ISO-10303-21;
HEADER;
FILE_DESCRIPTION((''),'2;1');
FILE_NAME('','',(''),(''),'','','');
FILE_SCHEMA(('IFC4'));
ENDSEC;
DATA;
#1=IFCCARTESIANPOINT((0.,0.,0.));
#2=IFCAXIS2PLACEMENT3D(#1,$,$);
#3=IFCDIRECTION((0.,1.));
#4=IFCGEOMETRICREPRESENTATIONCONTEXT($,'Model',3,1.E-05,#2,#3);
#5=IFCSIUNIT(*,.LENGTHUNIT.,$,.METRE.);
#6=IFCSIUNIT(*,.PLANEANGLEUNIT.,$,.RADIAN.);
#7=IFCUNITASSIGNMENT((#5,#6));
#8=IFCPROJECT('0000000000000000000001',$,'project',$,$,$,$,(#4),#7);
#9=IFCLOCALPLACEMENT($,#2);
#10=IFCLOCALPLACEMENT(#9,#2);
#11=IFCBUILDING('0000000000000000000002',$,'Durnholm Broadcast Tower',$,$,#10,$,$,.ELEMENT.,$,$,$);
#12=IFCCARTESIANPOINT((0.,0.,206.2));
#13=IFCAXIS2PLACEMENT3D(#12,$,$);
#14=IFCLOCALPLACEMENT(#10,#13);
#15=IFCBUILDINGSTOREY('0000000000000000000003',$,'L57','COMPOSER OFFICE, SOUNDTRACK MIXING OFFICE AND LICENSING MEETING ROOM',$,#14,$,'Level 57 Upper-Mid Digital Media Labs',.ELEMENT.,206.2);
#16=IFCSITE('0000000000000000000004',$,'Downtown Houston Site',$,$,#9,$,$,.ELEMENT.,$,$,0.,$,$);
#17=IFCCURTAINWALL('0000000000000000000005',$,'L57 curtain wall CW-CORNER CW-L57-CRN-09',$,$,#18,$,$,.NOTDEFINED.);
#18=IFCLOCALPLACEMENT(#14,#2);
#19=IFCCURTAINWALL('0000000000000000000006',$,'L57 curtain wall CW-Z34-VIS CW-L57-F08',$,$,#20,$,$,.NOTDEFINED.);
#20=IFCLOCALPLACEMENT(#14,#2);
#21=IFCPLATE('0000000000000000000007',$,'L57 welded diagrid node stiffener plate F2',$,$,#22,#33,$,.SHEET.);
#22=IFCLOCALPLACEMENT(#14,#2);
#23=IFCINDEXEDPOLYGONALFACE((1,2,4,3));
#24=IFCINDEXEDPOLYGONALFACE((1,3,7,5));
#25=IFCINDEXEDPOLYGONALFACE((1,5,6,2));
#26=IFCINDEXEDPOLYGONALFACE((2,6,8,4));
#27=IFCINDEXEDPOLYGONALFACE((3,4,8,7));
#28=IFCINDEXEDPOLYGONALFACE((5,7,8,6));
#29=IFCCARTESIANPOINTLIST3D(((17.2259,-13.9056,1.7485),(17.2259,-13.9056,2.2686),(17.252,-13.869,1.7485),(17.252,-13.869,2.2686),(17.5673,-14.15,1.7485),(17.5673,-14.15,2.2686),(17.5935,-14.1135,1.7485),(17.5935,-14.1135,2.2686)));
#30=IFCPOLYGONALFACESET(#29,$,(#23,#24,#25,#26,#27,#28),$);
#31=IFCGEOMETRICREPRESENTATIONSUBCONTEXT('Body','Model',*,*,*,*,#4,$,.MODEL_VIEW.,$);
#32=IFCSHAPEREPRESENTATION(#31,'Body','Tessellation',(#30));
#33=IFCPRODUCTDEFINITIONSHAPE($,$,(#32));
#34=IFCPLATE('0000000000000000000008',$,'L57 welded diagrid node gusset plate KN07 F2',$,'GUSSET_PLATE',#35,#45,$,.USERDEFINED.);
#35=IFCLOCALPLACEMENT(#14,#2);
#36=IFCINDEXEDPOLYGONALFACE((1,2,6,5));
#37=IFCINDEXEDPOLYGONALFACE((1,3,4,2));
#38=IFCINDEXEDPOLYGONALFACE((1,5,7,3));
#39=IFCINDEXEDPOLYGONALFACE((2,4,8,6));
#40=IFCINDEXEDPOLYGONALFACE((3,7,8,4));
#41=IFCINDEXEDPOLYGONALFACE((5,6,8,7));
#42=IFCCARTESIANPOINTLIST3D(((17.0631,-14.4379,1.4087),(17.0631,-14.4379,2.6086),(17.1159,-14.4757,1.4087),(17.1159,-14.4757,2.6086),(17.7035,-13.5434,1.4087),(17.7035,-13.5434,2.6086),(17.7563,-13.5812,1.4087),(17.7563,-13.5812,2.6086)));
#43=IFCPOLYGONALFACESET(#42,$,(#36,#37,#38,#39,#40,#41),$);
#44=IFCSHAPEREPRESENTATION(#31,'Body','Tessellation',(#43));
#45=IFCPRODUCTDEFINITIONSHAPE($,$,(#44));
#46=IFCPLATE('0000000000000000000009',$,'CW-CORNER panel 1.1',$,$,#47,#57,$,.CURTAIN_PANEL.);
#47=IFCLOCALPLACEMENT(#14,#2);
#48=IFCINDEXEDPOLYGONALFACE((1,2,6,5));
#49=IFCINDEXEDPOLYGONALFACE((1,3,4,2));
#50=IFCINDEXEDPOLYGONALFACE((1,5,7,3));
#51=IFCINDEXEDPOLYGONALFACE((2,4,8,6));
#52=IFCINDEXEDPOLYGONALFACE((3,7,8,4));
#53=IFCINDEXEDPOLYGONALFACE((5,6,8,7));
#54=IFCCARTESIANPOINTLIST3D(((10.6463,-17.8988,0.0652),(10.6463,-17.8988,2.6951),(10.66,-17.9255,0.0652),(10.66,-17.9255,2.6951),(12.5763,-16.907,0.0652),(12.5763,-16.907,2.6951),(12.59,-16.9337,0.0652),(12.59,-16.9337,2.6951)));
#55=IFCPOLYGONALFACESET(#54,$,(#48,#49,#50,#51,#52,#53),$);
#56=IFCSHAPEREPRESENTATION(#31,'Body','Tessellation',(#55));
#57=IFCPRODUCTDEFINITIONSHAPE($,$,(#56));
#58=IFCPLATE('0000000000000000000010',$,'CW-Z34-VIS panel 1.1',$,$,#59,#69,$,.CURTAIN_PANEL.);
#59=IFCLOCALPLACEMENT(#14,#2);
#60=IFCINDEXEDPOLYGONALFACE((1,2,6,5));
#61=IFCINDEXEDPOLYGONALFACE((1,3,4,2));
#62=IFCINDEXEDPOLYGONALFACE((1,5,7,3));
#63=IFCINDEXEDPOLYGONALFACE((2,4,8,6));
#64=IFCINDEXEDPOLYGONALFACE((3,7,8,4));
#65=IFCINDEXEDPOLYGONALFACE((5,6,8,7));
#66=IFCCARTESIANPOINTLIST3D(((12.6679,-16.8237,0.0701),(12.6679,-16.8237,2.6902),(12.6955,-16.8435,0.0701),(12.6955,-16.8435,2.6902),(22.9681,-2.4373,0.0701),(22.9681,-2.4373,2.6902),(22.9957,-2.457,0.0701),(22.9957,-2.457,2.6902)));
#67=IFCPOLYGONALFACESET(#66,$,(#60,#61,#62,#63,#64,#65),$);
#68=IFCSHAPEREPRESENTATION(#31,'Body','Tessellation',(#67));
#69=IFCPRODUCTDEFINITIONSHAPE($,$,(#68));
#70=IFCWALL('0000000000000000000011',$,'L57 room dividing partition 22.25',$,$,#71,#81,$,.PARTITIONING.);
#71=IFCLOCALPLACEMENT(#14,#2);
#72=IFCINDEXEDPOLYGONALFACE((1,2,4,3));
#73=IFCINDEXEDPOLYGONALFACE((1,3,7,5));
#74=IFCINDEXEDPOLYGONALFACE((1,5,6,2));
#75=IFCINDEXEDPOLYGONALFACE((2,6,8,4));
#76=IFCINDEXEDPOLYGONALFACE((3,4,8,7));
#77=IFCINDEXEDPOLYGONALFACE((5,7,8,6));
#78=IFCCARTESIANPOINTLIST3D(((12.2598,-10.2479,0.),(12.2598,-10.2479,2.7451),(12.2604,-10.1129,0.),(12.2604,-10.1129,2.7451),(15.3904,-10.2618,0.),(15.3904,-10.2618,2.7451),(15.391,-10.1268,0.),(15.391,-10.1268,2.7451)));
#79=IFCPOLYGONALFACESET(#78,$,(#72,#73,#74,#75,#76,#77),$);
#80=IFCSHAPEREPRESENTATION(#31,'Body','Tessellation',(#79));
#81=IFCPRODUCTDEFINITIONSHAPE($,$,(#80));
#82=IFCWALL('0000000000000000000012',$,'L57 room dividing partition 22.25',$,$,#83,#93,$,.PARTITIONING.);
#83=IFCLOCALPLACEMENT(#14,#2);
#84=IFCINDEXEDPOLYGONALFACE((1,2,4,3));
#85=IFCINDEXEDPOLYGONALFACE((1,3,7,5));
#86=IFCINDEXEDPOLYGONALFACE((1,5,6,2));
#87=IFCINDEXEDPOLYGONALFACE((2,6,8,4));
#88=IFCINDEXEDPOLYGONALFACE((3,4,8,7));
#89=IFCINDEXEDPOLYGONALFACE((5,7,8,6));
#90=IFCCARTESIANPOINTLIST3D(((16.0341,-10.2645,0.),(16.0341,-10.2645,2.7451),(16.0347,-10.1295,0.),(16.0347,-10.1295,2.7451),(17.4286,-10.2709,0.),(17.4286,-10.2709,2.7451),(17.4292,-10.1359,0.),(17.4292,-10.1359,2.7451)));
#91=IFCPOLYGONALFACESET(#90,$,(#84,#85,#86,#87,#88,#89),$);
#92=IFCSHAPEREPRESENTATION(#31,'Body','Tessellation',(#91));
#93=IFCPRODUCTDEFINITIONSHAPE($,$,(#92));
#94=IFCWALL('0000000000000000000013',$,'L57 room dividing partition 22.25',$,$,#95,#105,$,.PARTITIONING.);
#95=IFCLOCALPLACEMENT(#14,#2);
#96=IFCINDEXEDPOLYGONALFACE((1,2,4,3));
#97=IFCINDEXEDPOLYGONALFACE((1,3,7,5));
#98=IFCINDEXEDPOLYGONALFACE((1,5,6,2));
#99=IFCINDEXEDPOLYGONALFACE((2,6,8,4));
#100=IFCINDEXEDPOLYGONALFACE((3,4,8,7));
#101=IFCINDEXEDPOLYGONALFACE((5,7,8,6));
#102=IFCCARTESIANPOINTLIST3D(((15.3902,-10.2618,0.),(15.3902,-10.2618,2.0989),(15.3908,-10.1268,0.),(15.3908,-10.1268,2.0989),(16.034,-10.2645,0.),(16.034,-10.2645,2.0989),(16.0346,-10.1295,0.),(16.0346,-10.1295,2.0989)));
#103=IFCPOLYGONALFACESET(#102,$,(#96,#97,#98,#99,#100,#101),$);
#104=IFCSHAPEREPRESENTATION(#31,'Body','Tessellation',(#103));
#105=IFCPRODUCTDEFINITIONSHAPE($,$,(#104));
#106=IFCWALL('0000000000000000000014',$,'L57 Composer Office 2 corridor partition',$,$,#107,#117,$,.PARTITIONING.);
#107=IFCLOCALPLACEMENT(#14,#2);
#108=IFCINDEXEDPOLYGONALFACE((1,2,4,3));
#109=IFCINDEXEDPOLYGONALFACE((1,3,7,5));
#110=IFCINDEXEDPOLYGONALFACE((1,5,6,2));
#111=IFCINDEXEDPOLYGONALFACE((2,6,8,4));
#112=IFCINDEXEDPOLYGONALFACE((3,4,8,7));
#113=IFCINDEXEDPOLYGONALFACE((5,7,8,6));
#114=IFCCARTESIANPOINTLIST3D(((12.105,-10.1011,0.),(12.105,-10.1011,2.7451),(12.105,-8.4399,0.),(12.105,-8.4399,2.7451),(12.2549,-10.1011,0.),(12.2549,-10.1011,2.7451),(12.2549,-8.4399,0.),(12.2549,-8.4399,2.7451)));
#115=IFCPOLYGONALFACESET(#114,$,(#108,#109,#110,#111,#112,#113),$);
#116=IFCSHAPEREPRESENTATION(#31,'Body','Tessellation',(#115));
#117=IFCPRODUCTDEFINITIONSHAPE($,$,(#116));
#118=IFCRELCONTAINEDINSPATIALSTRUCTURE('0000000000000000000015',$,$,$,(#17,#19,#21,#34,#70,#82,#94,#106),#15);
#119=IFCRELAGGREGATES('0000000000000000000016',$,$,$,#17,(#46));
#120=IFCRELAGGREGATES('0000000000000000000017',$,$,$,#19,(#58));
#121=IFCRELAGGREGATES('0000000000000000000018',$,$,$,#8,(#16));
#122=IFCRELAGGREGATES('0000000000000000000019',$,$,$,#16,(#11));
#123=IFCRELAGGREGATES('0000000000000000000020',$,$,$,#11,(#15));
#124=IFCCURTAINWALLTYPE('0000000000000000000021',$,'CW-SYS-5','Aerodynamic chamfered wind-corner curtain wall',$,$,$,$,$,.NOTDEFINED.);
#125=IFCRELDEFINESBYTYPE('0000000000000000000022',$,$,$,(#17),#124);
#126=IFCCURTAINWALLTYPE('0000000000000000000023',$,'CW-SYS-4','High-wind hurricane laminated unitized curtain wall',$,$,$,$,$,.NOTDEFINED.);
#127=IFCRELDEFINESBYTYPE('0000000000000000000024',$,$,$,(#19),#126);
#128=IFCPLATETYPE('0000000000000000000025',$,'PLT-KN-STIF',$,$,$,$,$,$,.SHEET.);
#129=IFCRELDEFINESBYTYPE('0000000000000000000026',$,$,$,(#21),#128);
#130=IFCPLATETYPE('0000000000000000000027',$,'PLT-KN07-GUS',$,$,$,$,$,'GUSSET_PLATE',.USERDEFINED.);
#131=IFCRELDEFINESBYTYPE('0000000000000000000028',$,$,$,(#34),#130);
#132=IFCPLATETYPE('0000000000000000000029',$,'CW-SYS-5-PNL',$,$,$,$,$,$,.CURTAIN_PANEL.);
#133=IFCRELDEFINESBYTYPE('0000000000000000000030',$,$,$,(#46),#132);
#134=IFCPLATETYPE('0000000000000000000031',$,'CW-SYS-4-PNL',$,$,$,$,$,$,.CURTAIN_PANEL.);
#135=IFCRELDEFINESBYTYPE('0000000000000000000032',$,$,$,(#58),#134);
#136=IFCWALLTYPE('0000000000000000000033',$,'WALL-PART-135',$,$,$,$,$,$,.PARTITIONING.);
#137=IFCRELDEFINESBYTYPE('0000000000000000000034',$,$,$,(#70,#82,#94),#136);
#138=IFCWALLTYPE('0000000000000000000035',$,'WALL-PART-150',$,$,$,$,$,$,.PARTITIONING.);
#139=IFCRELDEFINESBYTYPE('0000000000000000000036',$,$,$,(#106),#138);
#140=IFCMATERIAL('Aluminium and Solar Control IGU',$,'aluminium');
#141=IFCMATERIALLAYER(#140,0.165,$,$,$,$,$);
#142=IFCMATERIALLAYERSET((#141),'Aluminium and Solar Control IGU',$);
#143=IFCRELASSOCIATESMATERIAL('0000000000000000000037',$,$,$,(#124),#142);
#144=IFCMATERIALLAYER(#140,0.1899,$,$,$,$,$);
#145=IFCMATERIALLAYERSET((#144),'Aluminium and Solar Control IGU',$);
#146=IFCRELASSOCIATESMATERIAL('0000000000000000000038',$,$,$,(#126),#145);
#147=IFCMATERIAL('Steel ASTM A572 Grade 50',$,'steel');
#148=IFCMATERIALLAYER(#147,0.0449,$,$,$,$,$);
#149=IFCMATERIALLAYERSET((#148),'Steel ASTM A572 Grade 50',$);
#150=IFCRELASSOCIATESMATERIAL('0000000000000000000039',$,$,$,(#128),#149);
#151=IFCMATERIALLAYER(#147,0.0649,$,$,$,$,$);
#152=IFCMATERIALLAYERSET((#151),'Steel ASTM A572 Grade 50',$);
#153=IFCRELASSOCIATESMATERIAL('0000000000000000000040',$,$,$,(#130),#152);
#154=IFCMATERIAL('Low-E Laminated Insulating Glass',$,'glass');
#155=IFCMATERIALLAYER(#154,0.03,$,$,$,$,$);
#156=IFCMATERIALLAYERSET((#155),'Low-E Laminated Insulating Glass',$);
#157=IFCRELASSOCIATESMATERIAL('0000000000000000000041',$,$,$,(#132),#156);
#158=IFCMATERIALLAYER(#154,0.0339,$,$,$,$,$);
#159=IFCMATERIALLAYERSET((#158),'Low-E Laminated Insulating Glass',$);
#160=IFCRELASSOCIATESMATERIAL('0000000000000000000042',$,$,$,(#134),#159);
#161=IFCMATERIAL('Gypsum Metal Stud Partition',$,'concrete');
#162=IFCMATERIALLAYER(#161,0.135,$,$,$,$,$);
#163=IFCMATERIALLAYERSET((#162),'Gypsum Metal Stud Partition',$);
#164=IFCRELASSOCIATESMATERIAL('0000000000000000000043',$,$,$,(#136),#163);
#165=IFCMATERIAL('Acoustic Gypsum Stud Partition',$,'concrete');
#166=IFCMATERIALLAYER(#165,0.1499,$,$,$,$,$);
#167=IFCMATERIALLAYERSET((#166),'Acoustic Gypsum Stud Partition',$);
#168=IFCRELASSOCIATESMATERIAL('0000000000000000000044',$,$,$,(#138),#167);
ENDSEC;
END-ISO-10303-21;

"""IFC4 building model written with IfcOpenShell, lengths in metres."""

from ifc_helpers import new_model, si_unit, direction, frame, frame_2d, origin, origin_2d, place, context, subcontext, project, spatial, rectangle, extrude, source, transform, mapped, material, layer, layer_set, type_object, type_shapes, element, aggregate, save


model = new_model("IFC4")

# Units and contexts
model_context = context("Model", 3, precision=1e-05, world=origin(), true_north=direction((0.0, 1.0)))
body_context = subcontext(model_context, "Body", "Model", "MODEL_VIEW")
ifc_project = project(units=[si_unit("LENGTHUNIT", "METRE"), si_unit("PLANEANGLEUNIT", "RADIAN")], contexts=[model_context])

# Site, building, storey
site_placement = place(None, origin())
site = spatial("IfcSite", under=ifc_project, at=site_placement, Name="Downtown Houston Site", CompositionType="ELEMENT", RefElevation=0.0)
building_placement = place(site_placement, origin())
building = spatial("IfcBuilding", under=site, at=building_placement, Name="Durnholm Broadcast Tower", CompositionType="ELEMENT")
storey_placement = place(building_placement, frame((0.0, 0.0, 206.2)))
storey = spatial("IfcBuildingStorey", under=building, at=storey_placement, Name="L57", Description="COMPOSER OFFICE, SOUNDTRACK MIXING OFFICE AND LICENSING MEETING ROOM", LongName="Level 57 Upper-Mid Digital Media Labs", CompositionType="ELEMENT", Elevation=206.2)

# Curtain wall
ifc_material_1 = material(Name="Aluminium and Solar Control IGU", Category="aluminium")
ifc_layer_1 = layer(ifc_material_1, 0.165)
ifc_layer_set_1 = layer_set([ifc_layer_1], Name="Aluminium and Solar Control IGU")
curtain_wall_type_1 = type_object("IfcCurtainWallType", Name="CW-SYS-5", Description="Aerodynamic chamfered wind-corner curtain wall", PredefinedType="NOTDEFINED", material=ifc_layer_set_1)
curtain_wall_1_placement = place(storey_placement, origin())
curtain_wall_1 = element("IfcCurtainWall", 1, at=curtain_wall_1_placement, inside=storey, type_object=curtain_wall_type_1, Name="L57 curtain wall CW-CORNER CW-L57-CRN-09", PredefinedType="NOTDEFINED")

# Curtain wall
ifc_layer_2 = layer(ifc_material_1, 0.1899)
ifc_layer_set_2 = layer_set([ifc_layer_2], Name="Aluminium and Solar Control IGU")
curtain_wall_type_2 = type_object("IfcCurtainWallType", Name="CW-SYS-4", Description="High-wind hurricane laminated unitized curtain wall", PredefinedType="NOTDEFINED", material=ifc_layer_set_2)
curtain_wall_2_placement = place(storey_placement, origin())
curtain_wall_2 = element("IfcCurtainWall", 2, at=curtain_wall_2_placement, inside=storey, type_object=curtain_wall_type_2, Name="L57 curtain wall CW-Z34-VIS CW-L57-F08", PredefinedType="NOTDEFINED")

# Plates
ifc_material_2 = material(Name="Steel ASTM A572 Grade 50", Category="steel")
ifc_layer_3 = layer(ifc_material_2, 0.0449)
ifc_layer_set_3 = layer_set([ifc_layer_3], Name="Steel ASTM A572 Grade 50")
plate_type_1 = type_object("IfcPlateType", Name="PLT-KN-STIF", PredefinedType="SHEET", material=ifc_layer_set_3)
shared_shape_1 = source(origin(), body_context, "Body", "SweptSolid", [
    extrude(rectangle(XDim=0.0449, YDim=0.4199, at=origin_2d()), origin(), (0.0, 0.0, 1.0), 0.52),
])
type_shapes(plate_type_1, [shared_shape_1])
plate_1_placement = place(storey_placement, frame((17.4097, -14.0095, 1.7485), z_axis=(0.0, 0.0, 1.0), x_axis=(0.582123, 0.813101, 0.0)))
element("IfcPlate", 3, at=plate_1_placement, inside=storey, type_object=plate_type_1, Name="L57 welded diagrid node stiffener plate F2", PredefinedType="SHEET", context=body_context, shape_type="MappedRepresentation", body=[
    mapped(shared_shape_1, transform((0.0, 0.0, 0.0), x_axis=(1.0, 0.0, 0.0), y_axis=(0.0, 1.0, 0.0), z_axis=(0.0, 0.0, 1.0), scale=1.0)),
])
ifc_layer_4 = layer(ifc_material_2, 0.0649)
ifc_layer_set_4 = layer_set([ifc_layer_4], Name="Steel ASTM A572 Grade 50")
plate_type_2 = type_object("IfcPlateType", Name="PLT-KN07-GUS", ElementType="GUSSET_PLATE", PredefinedType="USERDEFINED", material=ifc_layer_set_4)
shared_shape_2 = source(origin(), body_context, "Body", "SweptSolid", [
    extrude(rectangle(XDim=1.1001, YDim=0.0649, at=origin_2d()), origin(), (0.0, 0.0, 1.0), 1.2),
])
type_shapes(plate_type_2, [shared_shape_2])
plate_2_placement = place(storey_placement, frame((17.4097, -14.0095, 1.4087), z_axis=(0.0, 0.0, 1.0), x_axis=(0.582123, 0.813101, 0.0)))
element("IfcPlate", 4, at=plate_2_placement, inside=storey, type_object=plate_type_2, Name="L57 welded diagrid node gusset plate KN07 F2", ObjectType="GUSSET_PLATE", PredefinedType="USERDEFINED", context=body_context, shape_type="MappedRepresentation", body=[
    mapped(shared_shape_2, transform((0.0, 0.0, 0.0), x_axis=(1.0, 0.0, 0.0), y_axis=(0.0, 1.0, 0.0), z_axis=(0.0, 0.0, 1.0), scale=1.0)),
])

# Plates
ifc_material_3 = material(Name="Low-E Laminated Insulating Glass", Category="glass")
ifc_layer_5 = layer(ifc_material_3, 0.03)
ifc_layer_set_5 = layer_set([ifc_layer_5], Name="Low-E Laminated Insulating Glass")
plate_type_3 = type_object("IfcPlateType", Name="CW-SYS-5-PNL", PredefinedType="CURTAIN_PANEL", material=ifc_layer_set_5)
shared_shape_3 = source(origin(), body_context, "Body", "SweptSolid", [
    extrude(rectangle(XDim=2.1699, YDim=0.03, at=origin_2d()), origin(), (0.0, 0.0, 1.0), 2.6299),
])
type_shapes(plate_type_3, [shared_shape_3])
plate_3_placement = place(storey_placement, frame((11.6182, -17.4163, 0.0652), z_axis=(0.0, 0.0, 1.0), x_axis=(-0.889425, -0.457082, 0.0)))
plate_3 = element("IfcPlate", 5, at=plate_3_placement, type_object=plate_type_3, Name="CW-CORNER panel 1.1", PredefinedType="CURTAIN_PANEL", context=body_context, shape_type="MappedRepresentation", body=[
    mapped(shared_shape_3, transform((0.0, 0.0, 0.0), x_axis=(1.0, 0.0, 0.0), y_axis=(0.0, 1.0, 0.0), z_axis=(0.0, 0.0, 1.0), scale=1.0)),
])
aggregate(curtain_wall_1, [plate_3])
ifc_layer_6 = layer(ifc_material_3, 0.0339)
ifc_layer_set_6 = layer_set([ifc_layer_6], Name="Low-E Laminated Insulating Glass")
plate_type_4 = type_object("IfcPlateType", Name="CW-SYS-4-PNL", PredefinedType="CURTAIN_PANEL", material=ifc_layer_set_6)
shared_shape_4 = source(origin(), body_context, "Body", "SweptSolid", [
    extrude(rectangle(XDim=17.6936, YDim=0.0339, at=origin_2d()), origin(), (0.0, 0.0, 1.0), 2.6201),
])
type_shapes(plate_type_4, [shared_shape_4])
plate_4_placement = place(storey_placement, frame((17.8318, -9.6404, 0.0701), z_axis=(0.0, 0.0, 1.0), x_axis=(-0.582139, -0.813089, 0.0)))
plate_4 = element("IfcPlate", 6, at=plate_4_placement, type_object=plate_type_4, Name="CW-Z34-VIS panel 1.1", PredefinedType="CURTAIN_PANEL", context=body_context, shape_type="MappedRepresentation", body=[
    mapped(shared_shape_4, transform((0.0, 0.0, 0.0), x_axis=(1.0, 0.0, 0.0), y_axis=(0.0, 1.0, 0.0), z_axis=(0.0, 0.0, 1.0), scale=1.0)),
])
aggregate(curtain_wall_2, [plate_4])

# Walls
ifc_material_4 = material(Name="Gypsum Metal Stud Partition", Category="concrete")
ifc_layer_7 = layer(ifc_material_4, 0.135)
ifc_layer_set_7 = layer_set([ifc_layer_7], Name="Gypsum Metal Stud Partition")
wall_type_1 = type_object("IfcWallType", Name="WALL-PART-135", PredefinedType="PARTITIONING", material=ifc_layer_set_7)
wall_1_placement = place(storey_placement, frame((12.26, -10.1804, 0.0), z_axis=(0.0, 0.0, 1.0), x_axis=(0.99999, -0.004445, 0.0)))
element("IfcWall", 7, at=wall_1_placement, inside=storey, type_object=wall_type_1, Name="L57 room dividing partition 22.25", PredefinedType="PARTITIONING", context=body_context, shape_type="SweptSolid", body=[
    extrude(rectangle(XDim=3.1306, YDim=0.135, at=frame_2d((1.5654, 0.0))), origin(), (0.0, 0.0, 1.0), 2.7451),
])
wall_2_placement = place(storey_placement, frame((16.0344, -10.197, 0.0), z_axis=(0.0, 0.0, 1.0), x_axis=(0.99999, -0.004552, 0.0)))
element("IfcWall", 8, at=wall_2_placement, inside=storey, type_object=wall_type_1, Name="L57 room dividing partition 22.25", PredefinedType="PARTITIONING", context=body_context, shape_type="SweptSolid", body=[
    extrude(rectangle(XDim=1.3945, YDim=0.135, at=frame_2d((0.6973, 0.0))), origin(), (0.0, 0.0, 1.0), 2.7451),
])
wall_3_placement = place(storey_placement, frame((15.3906, -10.1943, 0.0), z_axis=(0.0, 0.0, 1.0), x_axis=(0.999991, -0.004171, 0.0)))
element("IfcWall", 9, at=wall_3_placement, inside=storey, type_object=wall_type_1, Name="L57 room dividing partition 22.25", PredefinedType="PARTITIONING", context=body_context, shape_type="SweptSolid", body=[
    extrude(rectangle(XDim=0.6438, YDim=0.135, at=frame_2d((0.3218, 0.0))), origin(), (0.0, 0.0, 1.0), 2.0989),
])
ifc_material_5 = material(Name="Acoustic Gypsum Stud Partition", Category="concrete")
ifc_layer_8 = layer(ifc_material_5, 0.1499)
ifc_layer_set_8 = layer_set([ifc_layer_8], Name="Acoustic Gypsum Stud Partition")
wall_type_2 = type_object("IfcWallType", Name="WALL-PART-150", PredefinedType="PARTITIONING", material=ifc_layer_set_8)
wall_4_placement = place(storey_placement, frame((12.1799, -10.1011, 0.0), z_axis=(0.0, 0.0, 1.0), x_axis=(0.0, 1.0, 0.0)))
element("IfcWall", 10, at=wall_4_placement, inside=storey, type_object=wall_type_2, Name="L57 Composer Office 2 corridor partition", PredefinedType="PARTITIONING", context=body_context, shape_type="SweptSolid", body=[
    extrude(rectangle(XDim=1.6611, YDim=0.1499, at=frame_2d((0.8306, 0.0))), origin(), (0.0, 0.0, 1.0), 2.7451),
])

save(model, "model.ifc")
